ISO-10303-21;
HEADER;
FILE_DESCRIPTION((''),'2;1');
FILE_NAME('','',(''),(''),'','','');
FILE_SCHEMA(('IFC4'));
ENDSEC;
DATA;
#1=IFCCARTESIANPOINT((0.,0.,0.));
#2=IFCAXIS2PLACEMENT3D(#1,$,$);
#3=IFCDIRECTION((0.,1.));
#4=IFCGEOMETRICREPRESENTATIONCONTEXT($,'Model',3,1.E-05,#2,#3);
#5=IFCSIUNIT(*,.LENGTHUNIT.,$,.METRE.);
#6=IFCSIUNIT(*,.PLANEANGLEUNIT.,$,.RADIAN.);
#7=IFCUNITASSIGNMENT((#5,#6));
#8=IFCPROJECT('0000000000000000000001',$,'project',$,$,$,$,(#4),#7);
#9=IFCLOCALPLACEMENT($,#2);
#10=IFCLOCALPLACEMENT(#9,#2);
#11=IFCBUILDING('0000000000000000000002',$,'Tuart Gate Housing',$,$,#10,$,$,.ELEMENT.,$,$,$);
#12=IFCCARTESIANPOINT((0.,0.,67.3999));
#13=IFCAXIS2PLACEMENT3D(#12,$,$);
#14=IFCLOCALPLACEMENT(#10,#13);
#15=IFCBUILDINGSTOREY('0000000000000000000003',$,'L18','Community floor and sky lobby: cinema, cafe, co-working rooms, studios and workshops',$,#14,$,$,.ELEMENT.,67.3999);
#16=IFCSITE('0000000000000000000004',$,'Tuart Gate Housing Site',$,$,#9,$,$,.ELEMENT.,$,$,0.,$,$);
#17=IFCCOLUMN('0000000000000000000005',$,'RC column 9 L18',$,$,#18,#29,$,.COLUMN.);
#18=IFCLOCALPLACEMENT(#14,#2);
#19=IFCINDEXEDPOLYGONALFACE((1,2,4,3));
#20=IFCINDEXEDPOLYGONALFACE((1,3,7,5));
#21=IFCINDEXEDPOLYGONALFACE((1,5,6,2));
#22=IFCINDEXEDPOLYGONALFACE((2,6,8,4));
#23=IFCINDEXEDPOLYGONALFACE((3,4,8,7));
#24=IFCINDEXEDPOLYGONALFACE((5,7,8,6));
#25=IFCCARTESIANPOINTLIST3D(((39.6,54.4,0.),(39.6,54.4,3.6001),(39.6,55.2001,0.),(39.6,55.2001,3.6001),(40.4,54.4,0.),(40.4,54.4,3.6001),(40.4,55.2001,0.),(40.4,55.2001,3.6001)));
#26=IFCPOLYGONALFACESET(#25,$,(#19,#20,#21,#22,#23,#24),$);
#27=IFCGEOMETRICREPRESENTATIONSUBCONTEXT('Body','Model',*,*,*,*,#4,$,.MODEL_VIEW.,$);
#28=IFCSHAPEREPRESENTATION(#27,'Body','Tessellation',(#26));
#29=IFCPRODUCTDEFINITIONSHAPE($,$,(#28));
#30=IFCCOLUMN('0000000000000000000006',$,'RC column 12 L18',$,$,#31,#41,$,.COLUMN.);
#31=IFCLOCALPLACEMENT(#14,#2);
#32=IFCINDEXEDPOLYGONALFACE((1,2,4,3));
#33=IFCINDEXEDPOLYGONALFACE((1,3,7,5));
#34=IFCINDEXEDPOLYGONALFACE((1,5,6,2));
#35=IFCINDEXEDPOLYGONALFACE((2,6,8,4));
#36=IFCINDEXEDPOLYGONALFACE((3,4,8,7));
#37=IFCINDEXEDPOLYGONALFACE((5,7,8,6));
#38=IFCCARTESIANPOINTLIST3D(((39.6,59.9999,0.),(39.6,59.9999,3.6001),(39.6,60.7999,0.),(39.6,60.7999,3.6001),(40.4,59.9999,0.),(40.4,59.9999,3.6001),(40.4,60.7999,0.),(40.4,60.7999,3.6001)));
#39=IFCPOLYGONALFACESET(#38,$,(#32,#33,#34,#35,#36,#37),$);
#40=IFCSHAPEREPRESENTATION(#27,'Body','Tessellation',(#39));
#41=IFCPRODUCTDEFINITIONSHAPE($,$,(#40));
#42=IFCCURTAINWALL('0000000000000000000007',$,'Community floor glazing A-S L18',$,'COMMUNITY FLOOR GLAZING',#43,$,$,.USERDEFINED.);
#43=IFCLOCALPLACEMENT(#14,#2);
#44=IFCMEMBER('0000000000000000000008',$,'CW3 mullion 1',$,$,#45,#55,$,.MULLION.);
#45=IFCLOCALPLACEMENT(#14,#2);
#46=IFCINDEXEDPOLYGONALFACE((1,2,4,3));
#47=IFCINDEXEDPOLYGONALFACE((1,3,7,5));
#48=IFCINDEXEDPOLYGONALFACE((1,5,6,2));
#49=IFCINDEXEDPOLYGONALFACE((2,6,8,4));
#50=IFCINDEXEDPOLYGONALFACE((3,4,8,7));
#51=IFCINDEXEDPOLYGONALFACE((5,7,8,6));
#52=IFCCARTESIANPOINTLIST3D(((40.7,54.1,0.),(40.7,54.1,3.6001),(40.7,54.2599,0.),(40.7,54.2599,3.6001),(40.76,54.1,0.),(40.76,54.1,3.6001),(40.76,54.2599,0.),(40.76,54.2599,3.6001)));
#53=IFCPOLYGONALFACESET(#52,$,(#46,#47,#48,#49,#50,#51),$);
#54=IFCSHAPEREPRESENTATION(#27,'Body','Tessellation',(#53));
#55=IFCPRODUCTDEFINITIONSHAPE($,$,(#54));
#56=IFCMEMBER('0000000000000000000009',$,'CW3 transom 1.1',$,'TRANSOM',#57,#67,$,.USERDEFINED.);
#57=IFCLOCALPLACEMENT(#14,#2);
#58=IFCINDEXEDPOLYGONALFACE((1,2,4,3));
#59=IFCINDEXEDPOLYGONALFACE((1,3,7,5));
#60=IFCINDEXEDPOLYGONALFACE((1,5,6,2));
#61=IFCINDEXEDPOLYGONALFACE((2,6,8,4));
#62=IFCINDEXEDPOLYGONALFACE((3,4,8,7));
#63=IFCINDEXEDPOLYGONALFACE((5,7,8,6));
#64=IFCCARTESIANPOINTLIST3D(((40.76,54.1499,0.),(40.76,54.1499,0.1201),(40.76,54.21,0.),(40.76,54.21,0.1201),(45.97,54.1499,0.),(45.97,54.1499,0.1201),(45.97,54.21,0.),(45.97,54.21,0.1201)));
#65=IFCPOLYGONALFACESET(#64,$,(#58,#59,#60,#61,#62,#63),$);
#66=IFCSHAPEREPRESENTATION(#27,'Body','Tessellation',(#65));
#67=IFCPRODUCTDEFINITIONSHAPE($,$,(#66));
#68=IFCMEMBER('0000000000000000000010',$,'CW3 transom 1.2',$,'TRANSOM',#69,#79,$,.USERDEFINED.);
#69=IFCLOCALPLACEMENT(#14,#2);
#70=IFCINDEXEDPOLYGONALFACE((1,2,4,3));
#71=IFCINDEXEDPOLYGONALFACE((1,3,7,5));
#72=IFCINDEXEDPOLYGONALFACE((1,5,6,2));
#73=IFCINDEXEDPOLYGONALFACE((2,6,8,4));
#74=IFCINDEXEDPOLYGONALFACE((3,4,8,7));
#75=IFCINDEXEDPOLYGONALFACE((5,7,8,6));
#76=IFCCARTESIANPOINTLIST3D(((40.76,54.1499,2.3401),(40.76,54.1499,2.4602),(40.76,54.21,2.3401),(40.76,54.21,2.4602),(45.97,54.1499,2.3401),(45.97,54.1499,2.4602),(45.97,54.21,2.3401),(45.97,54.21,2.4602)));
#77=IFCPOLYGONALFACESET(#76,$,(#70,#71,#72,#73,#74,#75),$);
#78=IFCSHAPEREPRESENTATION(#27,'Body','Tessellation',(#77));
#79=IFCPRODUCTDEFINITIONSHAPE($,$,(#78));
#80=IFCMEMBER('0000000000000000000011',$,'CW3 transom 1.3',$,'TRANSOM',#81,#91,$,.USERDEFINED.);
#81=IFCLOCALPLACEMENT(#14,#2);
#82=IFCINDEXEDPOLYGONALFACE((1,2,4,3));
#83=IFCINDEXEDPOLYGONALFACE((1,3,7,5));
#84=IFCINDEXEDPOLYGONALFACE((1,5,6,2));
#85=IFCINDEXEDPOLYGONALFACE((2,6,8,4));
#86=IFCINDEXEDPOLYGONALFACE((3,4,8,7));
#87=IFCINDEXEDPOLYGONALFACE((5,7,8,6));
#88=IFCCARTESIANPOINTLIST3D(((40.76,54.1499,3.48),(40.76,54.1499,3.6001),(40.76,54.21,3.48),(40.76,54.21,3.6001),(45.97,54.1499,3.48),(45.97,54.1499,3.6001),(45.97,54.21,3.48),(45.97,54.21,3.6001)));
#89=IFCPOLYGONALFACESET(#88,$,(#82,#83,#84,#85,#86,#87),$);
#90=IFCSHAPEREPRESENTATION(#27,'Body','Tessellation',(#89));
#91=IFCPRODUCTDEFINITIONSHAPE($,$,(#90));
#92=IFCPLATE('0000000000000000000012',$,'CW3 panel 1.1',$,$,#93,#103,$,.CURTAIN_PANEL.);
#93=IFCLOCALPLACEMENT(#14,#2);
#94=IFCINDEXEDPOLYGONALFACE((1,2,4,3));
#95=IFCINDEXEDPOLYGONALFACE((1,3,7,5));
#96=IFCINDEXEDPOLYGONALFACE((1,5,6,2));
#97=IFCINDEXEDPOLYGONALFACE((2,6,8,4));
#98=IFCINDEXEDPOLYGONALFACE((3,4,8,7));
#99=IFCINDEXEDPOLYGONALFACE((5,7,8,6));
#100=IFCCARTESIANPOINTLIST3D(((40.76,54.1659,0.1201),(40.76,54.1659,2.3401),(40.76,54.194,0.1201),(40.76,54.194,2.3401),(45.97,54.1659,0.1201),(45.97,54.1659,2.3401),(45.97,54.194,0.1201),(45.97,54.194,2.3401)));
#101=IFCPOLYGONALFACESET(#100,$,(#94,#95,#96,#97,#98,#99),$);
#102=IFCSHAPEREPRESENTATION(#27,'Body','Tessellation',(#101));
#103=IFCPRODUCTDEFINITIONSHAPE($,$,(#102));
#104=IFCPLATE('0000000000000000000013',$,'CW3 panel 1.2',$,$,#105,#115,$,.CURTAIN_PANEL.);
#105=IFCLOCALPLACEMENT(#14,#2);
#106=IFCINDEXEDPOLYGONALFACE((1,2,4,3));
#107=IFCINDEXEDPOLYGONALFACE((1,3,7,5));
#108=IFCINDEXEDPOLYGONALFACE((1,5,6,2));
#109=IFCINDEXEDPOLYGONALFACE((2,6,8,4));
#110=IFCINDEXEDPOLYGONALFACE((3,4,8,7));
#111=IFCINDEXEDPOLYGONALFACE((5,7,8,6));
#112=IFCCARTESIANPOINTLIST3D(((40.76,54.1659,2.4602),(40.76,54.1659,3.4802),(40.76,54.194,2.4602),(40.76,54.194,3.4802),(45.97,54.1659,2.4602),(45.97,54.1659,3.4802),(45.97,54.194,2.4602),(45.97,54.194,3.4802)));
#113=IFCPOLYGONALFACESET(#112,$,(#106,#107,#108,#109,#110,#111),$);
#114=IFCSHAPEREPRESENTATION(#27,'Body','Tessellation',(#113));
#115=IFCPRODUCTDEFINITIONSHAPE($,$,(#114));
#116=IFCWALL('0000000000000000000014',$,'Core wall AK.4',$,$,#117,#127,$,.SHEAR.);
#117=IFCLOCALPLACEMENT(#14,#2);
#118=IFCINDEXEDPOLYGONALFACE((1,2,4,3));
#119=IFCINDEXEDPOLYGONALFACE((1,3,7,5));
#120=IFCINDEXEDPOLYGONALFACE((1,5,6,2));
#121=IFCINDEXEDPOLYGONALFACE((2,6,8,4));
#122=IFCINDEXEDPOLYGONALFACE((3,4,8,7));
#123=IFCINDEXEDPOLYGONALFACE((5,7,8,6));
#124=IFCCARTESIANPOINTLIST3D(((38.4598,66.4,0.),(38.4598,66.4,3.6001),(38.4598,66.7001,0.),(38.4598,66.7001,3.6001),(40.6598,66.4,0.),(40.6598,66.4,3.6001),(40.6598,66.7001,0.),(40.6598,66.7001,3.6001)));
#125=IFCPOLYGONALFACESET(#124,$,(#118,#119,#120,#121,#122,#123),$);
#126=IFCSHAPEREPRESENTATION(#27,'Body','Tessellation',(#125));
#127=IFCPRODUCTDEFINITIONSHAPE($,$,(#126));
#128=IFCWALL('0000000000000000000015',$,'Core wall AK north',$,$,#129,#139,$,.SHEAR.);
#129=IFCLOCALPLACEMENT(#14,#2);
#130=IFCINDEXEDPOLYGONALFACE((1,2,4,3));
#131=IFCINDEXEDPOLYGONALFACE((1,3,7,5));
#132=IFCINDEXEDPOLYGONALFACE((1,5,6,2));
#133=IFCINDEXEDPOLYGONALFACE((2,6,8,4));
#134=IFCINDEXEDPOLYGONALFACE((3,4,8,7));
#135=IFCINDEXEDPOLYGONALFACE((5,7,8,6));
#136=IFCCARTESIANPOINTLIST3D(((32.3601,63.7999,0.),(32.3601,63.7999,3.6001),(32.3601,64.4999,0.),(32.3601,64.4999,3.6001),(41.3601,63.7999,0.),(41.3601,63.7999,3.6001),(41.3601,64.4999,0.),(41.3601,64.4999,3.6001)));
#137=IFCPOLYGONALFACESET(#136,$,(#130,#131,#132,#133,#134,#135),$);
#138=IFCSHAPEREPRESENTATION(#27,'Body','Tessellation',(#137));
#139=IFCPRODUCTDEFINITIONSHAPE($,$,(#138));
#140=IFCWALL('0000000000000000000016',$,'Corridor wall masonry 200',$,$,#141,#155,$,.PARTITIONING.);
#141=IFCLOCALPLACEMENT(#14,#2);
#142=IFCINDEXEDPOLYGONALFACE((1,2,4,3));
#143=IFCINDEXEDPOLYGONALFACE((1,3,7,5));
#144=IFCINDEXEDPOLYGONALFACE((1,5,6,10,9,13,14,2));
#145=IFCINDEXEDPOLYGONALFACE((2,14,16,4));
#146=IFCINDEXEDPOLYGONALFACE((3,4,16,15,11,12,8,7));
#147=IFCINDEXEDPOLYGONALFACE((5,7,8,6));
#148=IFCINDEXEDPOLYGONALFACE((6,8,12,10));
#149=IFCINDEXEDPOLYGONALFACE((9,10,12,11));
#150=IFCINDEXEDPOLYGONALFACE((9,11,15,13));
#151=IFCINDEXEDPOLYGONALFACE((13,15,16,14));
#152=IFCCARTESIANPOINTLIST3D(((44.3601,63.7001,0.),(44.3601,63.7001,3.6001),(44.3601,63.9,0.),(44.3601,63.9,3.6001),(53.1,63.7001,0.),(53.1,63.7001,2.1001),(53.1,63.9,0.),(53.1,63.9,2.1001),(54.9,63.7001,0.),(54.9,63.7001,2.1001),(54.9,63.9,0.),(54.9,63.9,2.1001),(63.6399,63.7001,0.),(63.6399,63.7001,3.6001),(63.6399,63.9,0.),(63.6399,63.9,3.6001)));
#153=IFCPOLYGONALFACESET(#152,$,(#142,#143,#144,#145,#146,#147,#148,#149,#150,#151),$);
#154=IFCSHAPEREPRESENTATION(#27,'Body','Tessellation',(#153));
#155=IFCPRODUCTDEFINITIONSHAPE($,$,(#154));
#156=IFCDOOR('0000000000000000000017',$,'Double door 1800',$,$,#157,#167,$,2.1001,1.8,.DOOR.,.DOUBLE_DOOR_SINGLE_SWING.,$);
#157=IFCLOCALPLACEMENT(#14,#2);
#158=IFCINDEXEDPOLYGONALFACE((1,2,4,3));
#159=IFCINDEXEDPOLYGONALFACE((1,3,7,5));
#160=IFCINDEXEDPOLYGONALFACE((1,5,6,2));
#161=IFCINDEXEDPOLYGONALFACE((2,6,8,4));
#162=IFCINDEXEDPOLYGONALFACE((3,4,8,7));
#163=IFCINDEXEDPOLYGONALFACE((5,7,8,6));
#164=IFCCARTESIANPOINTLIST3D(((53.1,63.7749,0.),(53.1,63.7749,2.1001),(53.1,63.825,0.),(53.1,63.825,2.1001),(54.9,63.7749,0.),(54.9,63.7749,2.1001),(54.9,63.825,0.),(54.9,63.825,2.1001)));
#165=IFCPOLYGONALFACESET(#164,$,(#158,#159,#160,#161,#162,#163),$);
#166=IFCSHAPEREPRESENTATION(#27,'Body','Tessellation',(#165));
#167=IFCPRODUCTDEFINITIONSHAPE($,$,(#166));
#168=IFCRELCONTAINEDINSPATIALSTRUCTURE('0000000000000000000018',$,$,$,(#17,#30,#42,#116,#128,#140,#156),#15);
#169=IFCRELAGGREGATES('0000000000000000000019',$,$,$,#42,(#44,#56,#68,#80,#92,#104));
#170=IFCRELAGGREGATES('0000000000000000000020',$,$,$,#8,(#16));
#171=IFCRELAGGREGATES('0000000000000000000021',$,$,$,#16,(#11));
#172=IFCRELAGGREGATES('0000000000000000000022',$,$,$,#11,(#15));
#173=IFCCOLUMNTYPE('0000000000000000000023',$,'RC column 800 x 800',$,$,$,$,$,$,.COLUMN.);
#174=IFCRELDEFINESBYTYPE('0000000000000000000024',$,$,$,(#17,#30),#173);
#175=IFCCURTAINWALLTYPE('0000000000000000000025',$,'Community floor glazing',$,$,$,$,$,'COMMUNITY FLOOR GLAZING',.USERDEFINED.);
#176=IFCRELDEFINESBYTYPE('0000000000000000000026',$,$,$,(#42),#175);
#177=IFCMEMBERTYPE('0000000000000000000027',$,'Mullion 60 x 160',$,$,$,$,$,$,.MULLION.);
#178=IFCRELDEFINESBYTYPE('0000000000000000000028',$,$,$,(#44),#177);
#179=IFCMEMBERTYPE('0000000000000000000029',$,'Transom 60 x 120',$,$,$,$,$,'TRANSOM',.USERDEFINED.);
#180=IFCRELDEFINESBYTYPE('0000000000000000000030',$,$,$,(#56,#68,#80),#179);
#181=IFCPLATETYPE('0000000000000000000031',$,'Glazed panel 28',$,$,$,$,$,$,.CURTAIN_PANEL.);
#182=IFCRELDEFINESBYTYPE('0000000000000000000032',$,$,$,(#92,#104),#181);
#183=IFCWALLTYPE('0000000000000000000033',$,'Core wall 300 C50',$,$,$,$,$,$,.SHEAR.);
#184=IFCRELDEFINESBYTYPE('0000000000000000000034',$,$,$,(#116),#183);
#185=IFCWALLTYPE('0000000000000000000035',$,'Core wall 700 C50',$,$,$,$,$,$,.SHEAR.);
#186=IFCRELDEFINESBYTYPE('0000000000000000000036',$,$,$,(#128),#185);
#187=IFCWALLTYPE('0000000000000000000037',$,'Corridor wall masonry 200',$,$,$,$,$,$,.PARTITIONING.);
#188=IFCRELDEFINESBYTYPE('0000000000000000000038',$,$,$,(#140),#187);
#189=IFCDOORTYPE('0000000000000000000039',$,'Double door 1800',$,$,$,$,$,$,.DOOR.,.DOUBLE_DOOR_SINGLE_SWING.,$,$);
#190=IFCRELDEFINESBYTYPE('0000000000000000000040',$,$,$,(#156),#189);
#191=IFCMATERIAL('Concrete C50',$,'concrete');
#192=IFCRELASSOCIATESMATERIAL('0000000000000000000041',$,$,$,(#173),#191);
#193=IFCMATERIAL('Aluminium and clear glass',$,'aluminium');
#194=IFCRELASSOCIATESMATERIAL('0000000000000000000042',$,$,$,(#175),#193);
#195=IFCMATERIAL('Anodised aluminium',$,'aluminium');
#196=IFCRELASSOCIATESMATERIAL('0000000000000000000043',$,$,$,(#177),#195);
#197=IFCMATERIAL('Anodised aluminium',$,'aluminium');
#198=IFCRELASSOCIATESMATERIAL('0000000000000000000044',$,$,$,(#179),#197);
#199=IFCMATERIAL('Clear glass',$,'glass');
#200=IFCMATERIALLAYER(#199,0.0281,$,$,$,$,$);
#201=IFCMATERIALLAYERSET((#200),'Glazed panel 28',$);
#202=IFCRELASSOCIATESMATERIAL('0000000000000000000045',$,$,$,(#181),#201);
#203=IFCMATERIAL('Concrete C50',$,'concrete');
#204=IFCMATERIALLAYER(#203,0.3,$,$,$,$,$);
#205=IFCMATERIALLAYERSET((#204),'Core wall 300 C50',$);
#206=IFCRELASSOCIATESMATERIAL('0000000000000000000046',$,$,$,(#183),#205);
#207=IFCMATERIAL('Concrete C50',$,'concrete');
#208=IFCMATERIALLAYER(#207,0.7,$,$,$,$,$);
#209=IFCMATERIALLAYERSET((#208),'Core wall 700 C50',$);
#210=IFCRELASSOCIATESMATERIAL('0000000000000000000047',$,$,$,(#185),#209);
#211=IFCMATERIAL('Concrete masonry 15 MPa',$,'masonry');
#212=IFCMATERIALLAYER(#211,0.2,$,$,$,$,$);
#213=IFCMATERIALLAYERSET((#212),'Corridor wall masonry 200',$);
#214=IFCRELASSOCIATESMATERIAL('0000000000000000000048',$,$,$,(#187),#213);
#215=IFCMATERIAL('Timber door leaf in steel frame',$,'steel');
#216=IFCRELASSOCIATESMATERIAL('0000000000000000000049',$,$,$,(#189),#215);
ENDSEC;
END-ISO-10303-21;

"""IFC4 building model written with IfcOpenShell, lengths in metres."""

from ifc_helpers import new_model, si_unit, direction, frame, frame_2d, origin, origin_2d, place, context, subcontext, project, spatial, rectangle, extrude, material, layer, layer_set, material_profile, profile_set, type_object, element, fill, aggregate, save


model = new_model("IFC4")

# Units and contexts
model_context = context("Model", 3, precision=1e-05, world=origin(), true_north=direction((0.0, 1.0)))
body_context = subcontext(model_context, "Body", "Model", "MODEL_VIEW")
ifc_project = project(units=[si_unit("LENGTHUNIT", "METRE"), si_unit("PLANEANGLEUNIT", "RADIAN")], contexts=[model_context])

# Site, building, storey
site_placement = place(None, origin())
site = spatial("IfcSite", under=ifc_project, at=site_placement, Name="Tuart Gate Housing Site", CompositionType="ELEMENT", RefElevation=0.0)
building_placement = place(site_placement, origin())
building = spatial("IfcBuilding", under=site, at=building_placement, Name="Tuart Gate Housing", CompositionType="ELEMENT")
storey_placement = place(building_placement, frame((0.0, 0.0, 67.3999)))
storey = spatial("IfcBuildingStorey", under=building, at=storey_placement, Name="L18", Description="Community floor and sky lobby: cinema, cafe, co-working rooms, studios and workshops", CompositionType="ELEMENT", Elevation=67.3999)

# Columns
ifc_material_1 = material(Name="Concrete C50", Category="concrete")
ifc_material_profile_1 = material_profile(ifc_material_1, rectangle(XDim=0.8, YDim=0.8, at=origin_2d()), Name="RC column 800 x 800")
ifc_profile_set_1 = profile_set([ifc_material_profile_1], Name="Concrete C50")
column_type = type_object("IfcColumnType", Name="RC column 800 x 800", PredefinedType="COLUMN", material=ifc_profile_set_1)
for number, where, z_axis, x_axis, name in (
    (1, (40.0, 54.8, 0.0), (0.0, 0.0, 1.0), (1.0, 0.0, 0.0), "RC column 9 L18"),
    (2, (40.0, 60.3999, 0.0), (0.0, 0.0, 1.0), (1.0, 0.0, 0.0), "RC column 12 L18"),
):
    element("IfcColumn", number, at=place(storey_placement, frame(where, z_axis=z_axis, x_axis=x_axis)), inside=storey, type_object=column_type, Name=name, PredefinedType="COLUMN", context=body_context, shape_type="SweptSolid", body=[
        extrude(rectangle(XDim=0.8, YDim=0.8, at=origin_2d()), origin(), (0.0, 0.0, 1.0), 3.6001),
    ])

# Curtain wall, members, plates
ifc_material_2 = material(Name="Aluminium and clear glass", Category="aluminium")
curtain_wall_type = type_object("IfcCurtainWallType", Name="Community floor glazing", ElementType="COMMUNITY FLOOR GLAZING", PredefinedType="USERDEFINED", material=ifc_material_2)
curtain_wall_placement = place(storey_placement, origin())
curtain_wall = element("IfcCurtainWall", 3, at=curtain_wall_placement, inside=storey, type_object=curtain_wall_type, Name="Community floor glazing A-S L18", ObjectType="COMMUNITY FLOOR GLAZING", PredefinedType="USERDEFINED")
ifc_material_3 = material(Name="Anodised aluminium", Category="aluminium")
ifc_material_profile_2 = material_profile(ifc_material_3, rectangle(XDim=0.0601, YDim=0.1599, at=origin_2d()), Name="60x160")
ifc_profile_set_2 = profile_set([ifc_material_profile_2], Name="Anodised aluminium")
member_type_1 = type_object("IfcMemberType", Name="Mullion 60 x 160", PredefinedType="MULLION", material=ifc_profile_set_2)
member_1_placement = place(storey_placement, frame((40.73, 54.1799, 0.0), z_axis=(0.0, 0.0, 1.0), x_axis=(1.0, 0.0, 0.0)))
member_1 = element("IfcMember", 4, at=member_1_placement, type_object=member_type_1, Name="CW3 mullion 1", PredefinedType="MULLION", context=body_context, shape_type="SweptSolid", body=[
    extrude(rectangle(XDim=0.0601, YDim=0.1599, at=origin_2d()), origin(), (0.0, 0.0, 1.0), 3.6001),
])
ifc_material_4 = material(Name="Anodised aluminium", Category="aluminium")
ifc_material_profile_3 = material_profile(ifc_material_4, rectangle(XDim=0.0601, YDim=0.1201, at=origin_2d()), Name="60x120")
ifc_profile_set_3 = profile_set([ifc_material_profile_3], Name="Anodised aluminium")
member_type_2 = type_object("IfcMemberType", Name="Transom 60 x 120", ElementType="TRANSOM", PredefinedType="USERDEFINED", material=ifc_profile_set_3)
member_2_placement = place(storey_placement, frame((40.76, 54.1799, 0.0601), z_axis=(1.0, 0.0, 0.0), x_axis=(0.0, 1.0, 0.0)))
member_2 = element("IfcMember", 5, at=member_2_placement, type_object=member_type_2, Name="CW3 transom 1.1", ObjectType="TRANSOM", PredefinedType="USERDEFINED", context=body_context, shape_type="SweptSolid", body=[
    extrude(rectangle(XDim=0.0601, YDim=0.1201, at=origin_2d()), origin(), (0.0, 0.0, 1.0), 5.21),
])
member_3_placement = place(storey_placement, frame((40.76, 54.1799, 2.4001), z_axis=(1.0, 0.0, 0.0), x_axis=(0.0, 1.0, 0.0)))
member_3 = element("IfcMember", 6, at=member_3_placement, type_object=member_type_2, Name="CW3 transom 1.2", ObjectType="TRANSOM", PredefinedType="USERDEFINED", context=body_context, shape_type="SweptSolid", body=[
    extrude(rectangle(XDim=0.0601, YDim=0.1201, at=origin_2d()), origin(), (0.0, 0.0, 1.0), 5.21),
])
member_4_placement = place(storey_placement, frame((40.76, 54.1799, 3.54), z_axis=(1.0, 0.0, 0.0), x_axis=(0.0, 1.0, 0.0)))
member_4 = element("IfcMember", 7, at=member_4_placement, type_object=member_type_2, Name="CW3 transom 1.3", ObjectType="TRANSOM", PredefinedType="USERDEFINED", context=body_context, shape_type="SweptSolid", body=[
    extrude(rectangle(XDim=0.0601, YDim=0.1201, at=origin_2d()), origin(), (0.0, 0.0, 1.0), 5.21),
])
ifc_material_5 = material(Name="Clear glass", Category="glass")
ifc_layer_1 = layer(ifc_material_5, 0.0281)
ifc_layer_set_1 = layer_set([ifc_layer_1], Name="Glazed panel 28")
plate_type = type_object("IfcPlateType", Name="Glazed panel 28", PredefinedType="CURTAIN_PANEL", material=ifc_layer_set_1)
plate_1_placement = place(storey_placement, frame((43.365, 54.1799, 0.1201), z_axis=(0.0, 0.0, 1.0), x_axis=(1.0, 0.0, 0.0)))
plate_1 = element("IfcPlate", 8, at=plate_1_placement, type_object=plate_type, Name="CW3 panel 1.1", PredefinedType="CURTAIN_PANEL", context=body_context, shape_type="SweptSolid", body=[
    extrude(rectangle(XDim=5.21, YDim=0.0281, at=origin_2d()), origin(), (0.0, 0.0, 1.0), 2.22),
])
plate_2_placement = place(storey_placement, frame((43.365, 54.1799, 2.4602), z_axis=(0.0, 0.0, 1.0), x_axis=(1.0, 0.0, 0.0)))
plate_2 = element("IfcPlate", 9, at=plate_2_placement, type_object=plate_type, Name="CW3 panel 1.2", PredefinedType="CURTAIN_PANEL", context=body_context, shape_type="SweptSolid", body=[
    extrude(rectangle(XDim=5.21, YDim=0.0281, at=origin_2d()), origin(), (0.0, 0.0, 1.0), 1.02),
])
aggregate(curtain_wall, [member_1, member_2, member_3, member_4, plate_1, plate_2])

# Walls
ifc_material_6 = material(Name="Concrete C50", Category="concrete")
ifc_layer_2 = layer(ifc_material_6, 0.3)
ifc_layer_set_2 = layer_set([ifc_layer_2], Name="Core wall 300 C50")
wall_type_1 = type_object("IfcWallType", Name="Core wall 300 C50", PredefinedType="SHEAR", material=ifc_layer_set_2)
wall_1_placement = place(storey_placement, frame((40.6599, 66.55, 0.0), z_axis=(0.0, 0.0, 1.0), x_axis=(-1.0, 0.0, 0.0)))
element("IfcWall", 10, at=wall_1_placement, inside=storey, type_object=wall_type_1, Name="Core wall AK.4", PredefinedType="SHEAR", context=body_context, shape_type="SweptSolid", body=[
    extrude(rectangle(XDim=2.2, YDim=0.3, at=frame_2d((1.1001, 0.0))), origin(), (0.0, 0.0, 1.0), 3.6001),
])
ifc_material_7 = material(Name="Concrete C50", Category="concrete")
ifc_layer_3 = layer(ifc_material_7, 0.7)
ifc_layer_set_3 = layer_set([ifc_layer_3], Name="Core wall 700 C50")
wall_type_2 = type_object("IfcWallType", Name="Core wall 700 C50", PredefinedType="SHEAR", material=ifc_layer_set_3)
wall_2_placement = place(storey_placement, frame((41.3601, 64.1499, 0.0), z_axis=(0.0, 0.0, 1.0), x_axis=(-1.0, 0.0, 0.0)))
element("IfcWall", 11, at=wall_2_placement, inside=storey, type_object=wall_type_2, Name="Core wall AK north", PredefinedType="SHEAR", context=body_context, shape_type="SweptSolid", body=[
    extrude(rectangle(XDim=9.0, YDim=0.7, at=frame_2d((4.5, 0.0))), origin(), (0.0, 0.0, 1.0), 3.6001),
])

# Wall, opening, door
ifc_material_8 = material(Name="Concrete masonry 15 MPa", Category="masonry")
ifc_layer_4 = layer(ifc_material_8, 0.2)
ifc_layer_set_4 = layer_set([ifc_layer_4], Name="Corridor wall masonry 200")
wall_type_3 = type_object("IfcWallType", Name="Corridor wall masonry 200", PredefinedType="PARTITIONING", material=ifc_layer_set_4)
wall_3_placement = place(storey_placement, frame((44.3601, 63.8, 0.0), z_axis=(0.0, 0.0, 1.0), x_axis=(1.0, 0.0, 0.0)))
wall_3 = element("IfcWall", 12, at=wall_3_placement, inside=storey, type_object=wall_type_3, Name="Corridor wall masonry 200", PredefinedType="PARTITIONING", context=body_context, shape_type="SweptSolid", body=[
    extrude(rectangle(XDim=19.2798, YDim=0.2, at=frame_2d((9.6399, 0.0))), origin(), (0.0, 0.0, 1.0), 3.6001),
])
opening_1_placement = place(wall_3_placement, frame((8.74, 0.0, 0.0)))
opening_1 = element("IfcOpeningElement", 13, at=opening_1_placement, cuts=wall_3, PredefinedType="OPENING", context=body_context, shape_type="SweptSolid", body=[
    extrude(rectangle(XDim=1.8, YDim=2.1001, at=frame_2d((0.8999, 1.05))), frame((0.0, 0.1099, 0.0), z_axis=(0.0, -1.0, 0.0), x_axis=(1.0, 0.0, 0.0)), (0.0, 0.0, 1.0), 0.22),
])
ifc_material_9 = material(Name="Timber door leaf in steel frame", Category="steel")
door_type_1 = type_object("IfcDoorType", Name="Double door 1800", OperationType="DOUBLE_DOOR_SINGLE_SWING", PredefinedType="DOOR", material=ifc_material_9)
door_1_placement = place(opening_1_placement, frame((1.8, 0.0, 0.0), z_axis=(0.0, 0.0, 1.0), x_axis=(-1.0, 0.0, 0.0)))
door_1 = element("IfcDoor", 14, at=door_1_placement, inside=storey, type_object=door_type_1, Name="Double door 1800", OperationType="DOUBLE_DOOR_SINGLE_SWING", OverallHeight=2.1001, OverallWidth=1.8, PredefinedType="DOOR", context=body_context, shape_type="SweptSolid", body=[
    extrude(rectangle(XDim=1.8, YDim=2.1001, at=frame_2d((0.9001, 1.05))), frame((0.0, 0.0251, 0.0), z_axis=(0.0, -1.0, 0.0), x_axis=(1.0, 0.0, 0.0)), (0.0, 0.0, 1.0), 0.05),
])
fill(opening_1, door_1)

save(model, "model.ifc")
